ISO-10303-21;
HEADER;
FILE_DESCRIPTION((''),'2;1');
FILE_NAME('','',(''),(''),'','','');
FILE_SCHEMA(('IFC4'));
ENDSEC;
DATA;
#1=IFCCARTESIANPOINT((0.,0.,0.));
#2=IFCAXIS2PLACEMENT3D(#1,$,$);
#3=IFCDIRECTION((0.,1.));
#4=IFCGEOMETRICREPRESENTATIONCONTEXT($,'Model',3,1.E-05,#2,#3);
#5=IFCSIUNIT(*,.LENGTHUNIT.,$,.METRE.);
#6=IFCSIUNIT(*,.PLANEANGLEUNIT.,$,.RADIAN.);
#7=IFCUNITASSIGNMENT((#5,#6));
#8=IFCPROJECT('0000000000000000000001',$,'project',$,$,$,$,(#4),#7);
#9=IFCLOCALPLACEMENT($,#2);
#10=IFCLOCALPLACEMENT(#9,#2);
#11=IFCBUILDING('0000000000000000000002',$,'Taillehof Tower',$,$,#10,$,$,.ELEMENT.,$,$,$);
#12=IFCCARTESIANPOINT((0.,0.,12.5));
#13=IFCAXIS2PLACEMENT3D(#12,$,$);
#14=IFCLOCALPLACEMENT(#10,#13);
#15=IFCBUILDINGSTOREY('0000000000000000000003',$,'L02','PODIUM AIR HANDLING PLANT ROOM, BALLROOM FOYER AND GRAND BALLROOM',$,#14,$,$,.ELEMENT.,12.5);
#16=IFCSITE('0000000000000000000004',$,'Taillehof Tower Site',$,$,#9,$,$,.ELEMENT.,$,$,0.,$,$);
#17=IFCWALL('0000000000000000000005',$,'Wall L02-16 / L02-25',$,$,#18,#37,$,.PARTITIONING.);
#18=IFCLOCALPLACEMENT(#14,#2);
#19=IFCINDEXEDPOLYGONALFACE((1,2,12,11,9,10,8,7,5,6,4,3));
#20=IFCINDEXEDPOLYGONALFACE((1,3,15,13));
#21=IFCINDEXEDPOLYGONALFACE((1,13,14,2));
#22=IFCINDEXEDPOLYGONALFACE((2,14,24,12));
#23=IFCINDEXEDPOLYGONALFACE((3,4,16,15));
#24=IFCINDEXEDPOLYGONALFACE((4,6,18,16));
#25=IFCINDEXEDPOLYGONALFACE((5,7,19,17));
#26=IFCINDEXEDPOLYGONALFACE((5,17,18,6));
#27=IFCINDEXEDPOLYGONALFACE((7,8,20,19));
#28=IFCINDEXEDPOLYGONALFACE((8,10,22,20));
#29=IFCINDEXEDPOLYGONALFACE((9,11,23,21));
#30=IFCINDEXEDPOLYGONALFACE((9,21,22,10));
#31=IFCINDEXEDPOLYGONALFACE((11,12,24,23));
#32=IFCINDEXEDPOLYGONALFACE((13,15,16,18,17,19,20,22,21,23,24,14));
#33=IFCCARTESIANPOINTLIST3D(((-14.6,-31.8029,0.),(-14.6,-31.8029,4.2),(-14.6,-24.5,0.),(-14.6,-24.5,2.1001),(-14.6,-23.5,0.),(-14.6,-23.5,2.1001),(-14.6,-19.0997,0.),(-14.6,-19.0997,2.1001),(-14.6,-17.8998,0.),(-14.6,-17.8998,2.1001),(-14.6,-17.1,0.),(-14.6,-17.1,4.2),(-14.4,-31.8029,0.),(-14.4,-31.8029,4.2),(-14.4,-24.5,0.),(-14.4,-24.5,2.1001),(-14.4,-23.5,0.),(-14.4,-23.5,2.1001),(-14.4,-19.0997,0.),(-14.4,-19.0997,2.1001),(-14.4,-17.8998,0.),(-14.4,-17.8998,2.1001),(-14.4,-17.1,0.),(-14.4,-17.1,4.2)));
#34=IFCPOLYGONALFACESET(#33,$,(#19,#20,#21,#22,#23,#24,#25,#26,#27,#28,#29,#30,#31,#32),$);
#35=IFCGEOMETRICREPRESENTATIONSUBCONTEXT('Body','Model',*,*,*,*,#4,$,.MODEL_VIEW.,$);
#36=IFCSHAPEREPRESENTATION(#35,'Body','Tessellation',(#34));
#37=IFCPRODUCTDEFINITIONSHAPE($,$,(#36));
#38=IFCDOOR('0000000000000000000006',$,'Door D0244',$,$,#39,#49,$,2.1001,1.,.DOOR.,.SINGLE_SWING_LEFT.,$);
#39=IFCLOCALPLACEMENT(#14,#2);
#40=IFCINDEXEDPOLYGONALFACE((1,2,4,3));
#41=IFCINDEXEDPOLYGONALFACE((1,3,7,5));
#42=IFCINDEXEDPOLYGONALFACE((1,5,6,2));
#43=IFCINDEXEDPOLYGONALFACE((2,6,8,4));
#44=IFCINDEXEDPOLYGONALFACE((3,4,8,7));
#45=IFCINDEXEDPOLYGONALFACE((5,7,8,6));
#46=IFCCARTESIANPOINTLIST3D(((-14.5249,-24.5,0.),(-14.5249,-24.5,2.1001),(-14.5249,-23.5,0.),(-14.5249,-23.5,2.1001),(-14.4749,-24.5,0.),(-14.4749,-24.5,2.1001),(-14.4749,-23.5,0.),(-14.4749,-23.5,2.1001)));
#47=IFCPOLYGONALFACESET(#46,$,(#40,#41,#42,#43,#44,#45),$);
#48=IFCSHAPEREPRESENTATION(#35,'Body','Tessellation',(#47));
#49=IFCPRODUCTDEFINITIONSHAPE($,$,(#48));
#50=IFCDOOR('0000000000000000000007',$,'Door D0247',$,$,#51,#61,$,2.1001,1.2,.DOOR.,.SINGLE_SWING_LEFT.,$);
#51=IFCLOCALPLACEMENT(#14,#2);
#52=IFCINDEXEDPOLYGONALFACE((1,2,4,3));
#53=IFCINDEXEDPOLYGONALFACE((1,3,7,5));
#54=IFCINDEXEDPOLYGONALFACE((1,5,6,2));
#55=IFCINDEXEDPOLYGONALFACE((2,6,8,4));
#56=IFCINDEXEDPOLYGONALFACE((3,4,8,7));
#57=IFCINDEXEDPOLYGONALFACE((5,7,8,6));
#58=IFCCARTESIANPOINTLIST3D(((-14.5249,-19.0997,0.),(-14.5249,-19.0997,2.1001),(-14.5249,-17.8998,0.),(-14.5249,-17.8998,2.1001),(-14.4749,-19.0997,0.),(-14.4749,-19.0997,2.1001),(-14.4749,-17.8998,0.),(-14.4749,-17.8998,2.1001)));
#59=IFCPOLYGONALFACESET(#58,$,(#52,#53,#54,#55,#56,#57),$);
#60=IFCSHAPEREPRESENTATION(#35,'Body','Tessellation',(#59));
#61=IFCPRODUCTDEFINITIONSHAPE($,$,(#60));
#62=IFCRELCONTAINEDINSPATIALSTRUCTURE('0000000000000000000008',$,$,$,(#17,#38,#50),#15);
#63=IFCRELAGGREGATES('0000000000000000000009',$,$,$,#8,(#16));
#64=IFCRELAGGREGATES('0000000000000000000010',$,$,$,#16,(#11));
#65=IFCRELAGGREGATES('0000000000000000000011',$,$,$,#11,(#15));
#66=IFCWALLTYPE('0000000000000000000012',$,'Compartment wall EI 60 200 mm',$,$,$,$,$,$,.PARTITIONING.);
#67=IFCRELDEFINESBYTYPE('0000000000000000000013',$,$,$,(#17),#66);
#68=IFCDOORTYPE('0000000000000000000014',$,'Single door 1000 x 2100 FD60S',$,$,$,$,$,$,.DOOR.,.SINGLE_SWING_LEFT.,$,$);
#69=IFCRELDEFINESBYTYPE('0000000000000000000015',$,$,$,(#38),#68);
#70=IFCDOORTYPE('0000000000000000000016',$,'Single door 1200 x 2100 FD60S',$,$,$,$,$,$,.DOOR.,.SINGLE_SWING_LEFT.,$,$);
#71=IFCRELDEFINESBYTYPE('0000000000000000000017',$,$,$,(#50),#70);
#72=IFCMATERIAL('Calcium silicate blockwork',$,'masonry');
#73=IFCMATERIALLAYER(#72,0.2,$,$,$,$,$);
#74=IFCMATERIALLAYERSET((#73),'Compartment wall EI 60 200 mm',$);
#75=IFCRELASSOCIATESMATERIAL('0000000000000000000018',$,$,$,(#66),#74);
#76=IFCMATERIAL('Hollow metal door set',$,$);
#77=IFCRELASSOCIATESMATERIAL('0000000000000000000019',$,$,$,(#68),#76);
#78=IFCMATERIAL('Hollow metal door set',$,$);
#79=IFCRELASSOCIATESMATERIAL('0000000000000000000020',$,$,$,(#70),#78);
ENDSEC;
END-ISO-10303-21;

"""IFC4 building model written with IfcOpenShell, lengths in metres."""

from ifc_helpers import new_model, si_unit, direction, frame, frame_2d, origin, place, context, subcontext, project, spatial, rectangle, extrude, material, layer, layer_set, type_object, element, fill, save


model = new_model("IFC4")

# Units and contexts
model_context = context("Model", 3, precision=1e-05, world=origin(), true_north=direction((0.0, 1.0)))
body_context = subcontext(model_context, "Body", "Model", "MODEL_VIEW")
ifc_project = project(units=[si_unit("LENGTHUNIT", "METRE"), si_unit("PLANEANGLEUNIT", "RADIAN")], contexts=[model_context])

# Site, building, storey
site_placement = place(None, origin())
site = spatial("IfcSite", under=ifc_project, at=site_placement, Name="Taillehof Tower Site", CompositionType="ELEMENT", RefElevation=0.0)
building_placement = place(site_placement, origin())
building = spatial("IfcBuilding", under=site, at=building_placement, Name="Taillehof Tower", CompositionType="ELEMENT")
storey_placement = place(building_placement, frame((0.0, 0.0, 12.5)))
storey = spatial("IfcBuildingStorey", under=building, at=storey_placement, Name="L02", Description="PODIUM AIR HANDLING PLANT ROOM, BALLROOM FOYER AND GRAND BALLROOM", CompositionType="ELEMENT", Elevation=12.5)

# Wall, openings, doors
ifc_material_1 = material(Name="Calcium silicate blockwork", Category="masonry")
ifc_layer_1 = layer(ifc_material_1, 0.2)
ifc_layer_set_1 = layer_set([ifc_layer_1], Name="Compartment wall EI 60 200 mm")
wall_type = type_object("IfcWallType", Name="Compartment wall EI 60 200 mm", PredefinedType="PARTITIONING", material=ifc_layer_set_1)
wall_placement = place(storey_placement, frame((-14.5, -31.803, 0.0), z_axis=(0.0, 0.0, 1.0), x_axis=(0.0, 1.0, 0.0)))
wall = element("IfcWall", 1, at=wall_placement, inside=storey, type_object=wall_type, Name="Wall L02-16 / L02-25", PredefinedType="PARTITIONING", context=body_context, shape_type="SweptSolid", body=[
    extrude(rectangle(XDim=14.7029, YDim=0.2, at=frame_2d((7.3516, 0.0))), origin(), (0.0, 0.0, 1.0), 4.2),
])
opening_1_placement = place(wall_placement, frame((7.303, 0.0, 0.0)))
opening_1 = element("IfcOpeningElement", 2, at=opening_1_placement, cuts=wall, PredefinedType="OPENING", context=body_context, shape_type="SweptSolid", body=[
    extrude(rectangle(XDim=1.0, YDim=2.1001, at=frame_2d((0.5, 1.05))), frame((0.0, 0.1099, 0.0), z_axis=(0.0, -1.0, 0.0), x_axis=(1.0, 0.0, 0.0)), (0.0, 0.0, 1.0), 0.22),
])
opening_2_placement = place(wall_placement, frame((12.7031, 0.0, 0.0)))
opening_2 = element("IfcOpeningElement", 3, at=opening_2_placement, cuts=wall, PredefinedType="OPENING", context=body_context, shape_type="SweptSolid", body=[
    extrude(rectangle(XDim=1.2, YDim=2.1001, at=frame_2d((0.6001, 1.05))), frame((0.0, 0.1099, 0.0), z_axis=(0.0, -1.0, 0.0), x_axis=(1.0, 0.0, 0.0)), (0.0, 0.0, 1.0), 0.22),
])
ifc_material_2 = material(Name="Hollow metal door set")
door_type_1 = type_object("IfcDoorType", Name="Single door 1000 x 2100 FD60S", OperationType="SINGLE_SWING_LEFT", PredefinedType="DOOR", material=ifc_material_2)
door_1_placement = place(opening_1_placement, origin())
door_1 = element("IfcDoor", 4, at=door_1_placement, inside=storey, type_object=door_type_1, Name="Door D0244", OperationType="SINGLE_SWING_LEFT", OverallHeight=2.1001, OverallWidth=1.0, PredefinedType="DOOR", context=body_context, shape_type="SweptSolid", body=[
    extrude(rectangle(XDim=1.0, YDim=2.1001, at=frame_2d((0.5, 1.05))), frame((0.0, 0.0249, 0.0), z_axis=(0.0, -1.0, 0.0), x_axis=(1.0, 0.0, 0.0)), (0.0, 0.0, 1.0), 0.05),
])
fill(opening_1, door_1)
ifc_material_3 = material(Name="Hollow metal door set")
door_type_2 = type_object("IfcDoorType", Name="Single door 1200 x 2100 FD60S", OperationType="SINGLE_SWING_LEFT", PredefinedType="DOOR", material=ifc_material_3)
door_2_placement = place(opening_2_placement, origin())
door_2 = element("IfcDoor", 5, at=door_2_placement, inside=storey, type_object=door_type_2, Name="Door D0247", OperationType="SINGLE_SWING_LEFT", OverallHeight=2.1001, OverallWidth=1.2, PredefinedType="DOOR", context=body_context, shape_type="SweptSolid", body=[
    extrude(rectangle(XDim=1.2, YDim=2.1001, at=frame_2d((0.6001, 1.05))), frame((0.0, 0.0249, 0.0), z_axis=(0.0, -1.0, 0.0), x_axis=(1.0, 0.0, 0.0)), (0.0, 0.0, 1.0), 0.05),
])
fill(opening_2, door_2)

save(model, "model.ifc")
